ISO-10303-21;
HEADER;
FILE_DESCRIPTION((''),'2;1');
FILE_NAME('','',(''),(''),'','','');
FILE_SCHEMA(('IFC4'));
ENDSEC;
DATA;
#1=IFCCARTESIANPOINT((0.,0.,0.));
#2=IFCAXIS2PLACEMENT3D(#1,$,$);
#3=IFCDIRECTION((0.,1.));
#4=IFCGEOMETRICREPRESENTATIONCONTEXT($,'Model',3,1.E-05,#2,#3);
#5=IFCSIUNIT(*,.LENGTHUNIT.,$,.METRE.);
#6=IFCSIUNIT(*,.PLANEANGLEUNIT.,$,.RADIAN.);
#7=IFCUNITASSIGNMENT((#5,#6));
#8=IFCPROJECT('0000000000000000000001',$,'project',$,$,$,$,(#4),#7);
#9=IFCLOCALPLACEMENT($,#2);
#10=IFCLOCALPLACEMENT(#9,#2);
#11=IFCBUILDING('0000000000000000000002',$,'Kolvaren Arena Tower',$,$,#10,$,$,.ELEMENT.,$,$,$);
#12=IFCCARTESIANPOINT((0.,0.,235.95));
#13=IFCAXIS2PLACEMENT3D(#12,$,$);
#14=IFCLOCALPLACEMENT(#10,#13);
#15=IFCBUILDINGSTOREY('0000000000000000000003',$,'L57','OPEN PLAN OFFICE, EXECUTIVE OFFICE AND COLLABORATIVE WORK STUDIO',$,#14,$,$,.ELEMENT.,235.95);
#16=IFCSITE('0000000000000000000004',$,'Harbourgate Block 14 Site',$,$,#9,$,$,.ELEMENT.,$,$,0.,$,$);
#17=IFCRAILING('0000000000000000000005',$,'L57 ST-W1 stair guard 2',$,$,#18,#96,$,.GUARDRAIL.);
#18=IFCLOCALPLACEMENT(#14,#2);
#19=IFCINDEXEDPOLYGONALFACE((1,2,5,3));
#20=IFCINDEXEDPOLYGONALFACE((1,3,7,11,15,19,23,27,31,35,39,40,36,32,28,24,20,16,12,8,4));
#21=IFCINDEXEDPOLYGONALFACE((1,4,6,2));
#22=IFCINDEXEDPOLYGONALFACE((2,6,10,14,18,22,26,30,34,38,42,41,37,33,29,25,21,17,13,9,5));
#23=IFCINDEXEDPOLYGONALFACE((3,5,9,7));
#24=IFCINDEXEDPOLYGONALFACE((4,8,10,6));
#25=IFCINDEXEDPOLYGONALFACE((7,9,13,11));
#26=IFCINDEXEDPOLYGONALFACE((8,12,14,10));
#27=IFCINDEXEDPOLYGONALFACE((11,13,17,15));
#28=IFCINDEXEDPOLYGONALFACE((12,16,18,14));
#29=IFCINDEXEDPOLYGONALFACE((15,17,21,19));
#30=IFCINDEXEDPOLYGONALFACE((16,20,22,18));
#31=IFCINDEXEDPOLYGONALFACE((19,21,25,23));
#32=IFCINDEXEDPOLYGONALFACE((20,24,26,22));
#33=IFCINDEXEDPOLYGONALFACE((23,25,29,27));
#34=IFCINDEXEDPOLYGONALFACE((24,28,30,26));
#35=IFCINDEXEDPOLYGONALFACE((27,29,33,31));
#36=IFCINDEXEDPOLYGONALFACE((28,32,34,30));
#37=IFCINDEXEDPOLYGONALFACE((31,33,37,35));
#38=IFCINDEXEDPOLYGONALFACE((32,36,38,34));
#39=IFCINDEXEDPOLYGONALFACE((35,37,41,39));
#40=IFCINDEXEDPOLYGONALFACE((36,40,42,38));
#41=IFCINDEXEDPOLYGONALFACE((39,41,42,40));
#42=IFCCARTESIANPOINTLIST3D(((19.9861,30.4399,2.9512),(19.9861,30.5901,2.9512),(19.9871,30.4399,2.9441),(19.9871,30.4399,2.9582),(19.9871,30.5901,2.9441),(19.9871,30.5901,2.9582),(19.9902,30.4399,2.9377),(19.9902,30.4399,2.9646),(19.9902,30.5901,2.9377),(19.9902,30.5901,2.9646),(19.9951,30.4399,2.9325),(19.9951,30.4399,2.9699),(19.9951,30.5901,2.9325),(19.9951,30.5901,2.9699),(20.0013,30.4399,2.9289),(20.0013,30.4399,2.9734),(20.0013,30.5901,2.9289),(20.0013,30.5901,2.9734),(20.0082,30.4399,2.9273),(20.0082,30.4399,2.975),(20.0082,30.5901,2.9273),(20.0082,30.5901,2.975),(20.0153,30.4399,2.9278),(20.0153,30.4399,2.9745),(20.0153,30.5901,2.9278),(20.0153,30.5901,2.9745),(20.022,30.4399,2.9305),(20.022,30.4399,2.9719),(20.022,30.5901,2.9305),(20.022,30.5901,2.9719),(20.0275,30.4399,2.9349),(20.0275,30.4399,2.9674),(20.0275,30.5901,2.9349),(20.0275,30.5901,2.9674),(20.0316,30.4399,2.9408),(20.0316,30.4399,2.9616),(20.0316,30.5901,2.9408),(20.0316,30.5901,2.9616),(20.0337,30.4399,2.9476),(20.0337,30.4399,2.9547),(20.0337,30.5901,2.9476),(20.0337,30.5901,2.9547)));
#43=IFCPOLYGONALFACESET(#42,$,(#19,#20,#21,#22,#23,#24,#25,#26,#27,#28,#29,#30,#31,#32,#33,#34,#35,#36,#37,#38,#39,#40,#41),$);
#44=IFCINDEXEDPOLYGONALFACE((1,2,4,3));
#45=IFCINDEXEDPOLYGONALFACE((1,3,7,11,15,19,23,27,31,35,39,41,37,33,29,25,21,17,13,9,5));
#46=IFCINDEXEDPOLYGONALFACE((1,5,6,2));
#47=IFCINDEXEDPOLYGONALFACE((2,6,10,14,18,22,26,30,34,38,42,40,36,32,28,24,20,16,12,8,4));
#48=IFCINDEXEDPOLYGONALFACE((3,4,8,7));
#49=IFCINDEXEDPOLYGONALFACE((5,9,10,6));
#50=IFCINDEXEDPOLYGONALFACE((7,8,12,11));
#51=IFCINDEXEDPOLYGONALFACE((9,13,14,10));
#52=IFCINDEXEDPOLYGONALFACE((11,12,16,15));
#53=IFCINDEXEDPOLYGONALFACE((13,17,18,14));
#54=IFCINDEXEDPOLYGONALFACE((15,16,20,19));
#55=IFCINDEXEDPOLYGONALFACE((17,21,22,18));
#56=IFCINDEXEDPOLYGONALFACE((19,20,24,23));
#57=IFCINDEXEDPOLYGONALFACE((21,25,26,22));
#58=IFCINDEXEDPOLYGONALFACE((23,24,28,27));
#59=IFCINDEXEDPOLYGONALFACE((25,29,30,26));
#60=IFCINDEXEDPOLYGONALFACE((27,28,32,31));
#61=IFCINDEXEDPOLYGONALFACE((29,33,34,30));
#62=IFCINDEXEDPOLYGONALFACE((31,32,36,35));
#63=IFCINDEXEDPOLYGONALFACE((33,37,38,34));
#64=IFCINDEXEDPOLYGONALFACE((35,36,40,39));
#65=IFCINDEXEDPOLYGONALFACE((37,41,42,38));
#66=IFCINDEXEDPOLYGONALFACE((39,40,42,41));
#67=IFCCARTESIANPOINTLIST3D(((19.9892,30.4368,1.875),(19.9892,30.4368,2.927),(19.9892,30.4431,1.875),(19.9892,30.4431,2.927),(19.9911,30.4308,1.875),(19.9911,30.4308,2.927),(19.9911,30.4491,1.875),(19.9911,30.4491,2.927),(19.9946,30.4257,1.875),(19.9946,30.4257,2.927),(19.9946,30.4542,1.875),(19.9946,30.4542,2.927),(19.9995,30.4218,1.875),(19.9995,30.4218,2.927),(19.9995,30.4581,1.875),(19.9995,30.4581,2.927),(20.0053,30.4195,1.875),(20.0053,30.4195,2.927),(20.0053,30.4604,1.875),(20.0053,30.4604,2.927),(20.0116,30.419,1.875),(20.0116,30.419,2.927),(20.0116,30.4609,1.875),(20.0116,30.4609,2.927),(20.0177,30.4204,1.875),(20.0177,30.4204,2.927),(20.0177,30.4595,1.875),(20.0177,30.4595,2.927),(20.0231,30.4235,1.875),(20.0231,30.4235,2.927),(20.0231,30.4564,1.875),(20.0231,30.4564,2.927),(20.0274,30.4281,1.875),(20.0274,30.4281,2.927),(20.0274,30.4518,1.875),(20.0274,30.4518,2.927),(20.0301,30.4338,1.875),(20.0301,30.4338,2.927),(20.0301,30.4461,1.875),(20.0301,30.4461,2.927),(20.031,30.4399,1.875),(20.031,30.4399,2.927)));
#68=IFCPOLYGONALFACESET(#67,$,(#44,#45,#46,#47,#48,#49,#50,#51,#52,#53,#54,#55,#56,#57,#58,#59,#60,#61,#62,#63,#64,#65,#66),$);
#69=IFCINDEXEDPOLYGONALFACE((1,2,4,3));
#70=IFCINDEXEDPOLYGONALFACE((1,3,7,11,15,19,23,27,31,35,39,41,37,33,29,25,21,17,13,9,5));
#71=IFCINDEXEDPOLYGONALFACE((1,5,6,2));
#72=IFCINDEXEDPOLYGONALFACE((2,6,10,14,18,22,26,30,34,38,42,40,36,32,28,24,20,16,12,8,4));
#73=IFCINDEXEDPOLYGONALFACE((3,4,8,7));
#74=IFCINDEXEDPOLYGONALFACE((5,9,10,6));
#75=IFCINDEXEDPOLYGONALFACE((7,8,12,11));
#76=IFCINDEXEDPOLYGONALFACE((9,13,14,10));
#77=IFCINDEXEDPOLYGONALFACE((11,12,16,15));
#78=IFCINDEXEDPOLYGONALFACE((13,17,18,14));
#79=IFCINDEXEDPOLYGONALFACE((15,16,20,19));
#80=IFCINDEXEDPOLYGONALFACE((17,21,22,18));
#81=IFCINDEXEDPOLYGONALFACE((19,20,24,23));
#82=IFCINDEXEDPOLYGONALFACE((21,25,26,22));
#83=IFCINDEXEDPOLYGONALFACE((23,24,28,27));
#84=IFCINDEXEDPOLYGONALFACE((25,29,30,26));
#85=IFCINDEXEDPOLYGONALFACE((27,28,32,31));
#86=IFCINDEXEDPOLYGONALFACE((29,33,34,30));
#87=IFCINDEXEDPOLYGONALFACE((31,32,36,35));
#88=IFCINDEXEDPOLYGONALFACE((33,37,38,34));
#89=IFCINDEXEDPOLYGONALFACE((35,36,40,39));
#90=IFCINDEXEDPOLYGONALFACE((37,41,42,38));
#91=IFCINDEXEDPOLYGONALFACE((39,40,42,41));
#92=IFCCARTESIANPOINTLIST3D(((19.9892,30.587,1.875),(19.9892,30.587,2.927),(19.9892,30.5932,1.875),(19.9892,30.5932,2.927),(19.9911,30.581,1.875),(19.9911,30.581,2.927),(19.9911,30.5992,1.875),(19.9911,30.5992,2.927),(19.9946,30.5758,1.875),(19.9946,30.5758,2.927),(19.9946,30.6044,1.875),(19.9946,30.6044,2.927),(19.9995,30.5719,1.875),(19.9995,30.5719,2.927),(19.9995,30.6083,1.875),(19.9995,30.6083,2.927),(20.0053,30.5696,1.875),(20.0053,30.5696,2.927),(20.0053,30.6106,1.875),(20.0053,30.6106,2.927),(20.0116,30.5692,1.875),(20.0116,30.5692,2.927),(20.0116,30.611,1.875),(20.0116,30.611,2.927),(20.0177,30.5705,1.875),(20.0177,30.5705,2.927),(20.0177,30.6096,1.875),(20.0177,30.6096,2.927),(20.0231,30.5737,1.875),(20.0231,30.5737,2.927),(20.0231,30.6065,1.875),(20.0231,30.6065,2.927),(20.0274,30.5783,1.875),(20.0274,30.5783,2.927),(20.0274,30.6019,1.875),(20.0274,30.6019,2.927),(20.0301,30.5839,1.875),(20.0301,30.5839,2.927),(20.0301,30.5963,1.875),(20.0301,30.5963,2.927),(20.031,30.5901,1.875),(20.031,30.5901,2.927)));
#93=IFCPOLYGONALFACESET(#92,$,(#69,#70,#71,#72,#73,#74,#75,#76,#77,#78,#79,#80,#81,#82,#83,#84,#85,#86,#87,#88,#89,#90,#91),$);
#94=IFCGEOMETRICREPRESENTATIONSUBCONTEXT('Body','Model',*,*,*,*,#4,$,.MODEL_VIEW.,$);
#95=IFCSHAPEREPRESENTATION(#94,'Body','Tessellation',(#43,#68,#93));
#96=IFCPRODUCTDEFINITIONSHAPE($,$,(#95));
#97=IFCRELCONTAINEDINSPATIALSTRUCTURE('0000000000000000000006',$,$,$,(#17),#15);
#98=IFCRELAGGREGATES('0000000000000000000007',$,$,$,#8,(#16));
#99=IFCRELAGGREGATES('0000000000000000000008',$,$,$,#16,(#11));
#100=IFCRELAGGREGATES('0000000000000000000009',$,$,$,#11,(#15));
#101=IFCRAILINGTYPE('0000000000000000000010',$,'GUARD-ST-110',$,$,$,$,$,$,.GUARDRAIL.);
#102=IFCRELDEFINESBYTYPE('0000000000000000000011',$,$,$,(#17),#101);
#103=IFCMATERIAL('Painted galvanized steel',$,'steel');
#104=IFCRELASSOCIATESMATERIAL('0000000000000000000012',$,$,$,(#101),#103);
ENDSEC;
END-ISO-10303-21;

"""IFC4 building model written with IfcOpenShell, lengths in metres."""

from ifc_helpers import new_model, si_unit, direction, frame, origin, origin_2d, place, context, subcontext, project, spatial, circle, extrude, material, type_object, element, save


model = new_model("IFC4")

# Units and contexts
model_context = context("Model", 3, precision=1e-05, world=origin(), true_north=direction((0.0, 1.0)))
body_context = subcontext(model_context, "Body", "Model", "MODEL_VIEW")
ifc_project = project(units=[si_unit("LENGTHUNIT", "METRE"), si_unit("PLANEANGLEUNIT", "RADIAN")], contexts=[model_context])

# Site, building, storey
site_placement = place(None, origin())
site = spatial("IfcSite", under=ifc_project, at=site_placement, Name="Harbourgate Block 14 Site", CompositionType="ELEMENT", RefElevation=0.0)
building_placement = place(site_placement, origin())
building = spatial("IfcBuilding", under=site, at=building_placement, Name="Kolvaren Arena Tower", CompositionType="ELEMENT")
storey_placement = place(building_placement, frame((0.0, 0.0, 235.95)))
storey = spatial("IfcBuildingStorey", under=building, at=storey_placement, Name="L57", Description="OPEN PLAN OFFICE, EXECUTIVE OFFICE AND COLLABORATIVE WORK STUDIO", CompositionType="ELEMENT", Elevation=235.95)

# Railing
ifc_material_1 = material(Name="Painted galvanized steel", Category="steel")
railing_type_1 = type_object("IfcRailingType", Name="GUARD-ST-110", PredefinedType="GUARDRAIL", material=ifc_material_1)
railing_1_placement = place(storey_placement, frame((20.01, 30.4399, 1.875)))
element("IfcRailing", 1, at=railing_1_placement, inside=storey, type_object=railing_type_1, Name="L57 ST-W1 stair guard 2", PredefinedType="GUARDRAIL", context=body_context, shape_type="SweptSolid", body=[
    extrude(circle(Radius=0.0239, at=origin_2d()), frame((0.0, 0.0, 1.0762), z_axis=(0.0, 1.0, 0.0), x_axis=(-1.0, 0.0, 0.0)), (0.0, 0.0, 1.0), 0.1501),
    extrude(circle(Radius=0.021, at=origin_2d()), origin(), (0.0, 0.0, 1.0), 1.052),
    extrude(circle(Radius=0.021, at=origin_2d()), frame((0.0, 0.1501, 0.0)), (0.0, 0.0, 1.0), 1.052),
])

save(model, "model.ifc")
